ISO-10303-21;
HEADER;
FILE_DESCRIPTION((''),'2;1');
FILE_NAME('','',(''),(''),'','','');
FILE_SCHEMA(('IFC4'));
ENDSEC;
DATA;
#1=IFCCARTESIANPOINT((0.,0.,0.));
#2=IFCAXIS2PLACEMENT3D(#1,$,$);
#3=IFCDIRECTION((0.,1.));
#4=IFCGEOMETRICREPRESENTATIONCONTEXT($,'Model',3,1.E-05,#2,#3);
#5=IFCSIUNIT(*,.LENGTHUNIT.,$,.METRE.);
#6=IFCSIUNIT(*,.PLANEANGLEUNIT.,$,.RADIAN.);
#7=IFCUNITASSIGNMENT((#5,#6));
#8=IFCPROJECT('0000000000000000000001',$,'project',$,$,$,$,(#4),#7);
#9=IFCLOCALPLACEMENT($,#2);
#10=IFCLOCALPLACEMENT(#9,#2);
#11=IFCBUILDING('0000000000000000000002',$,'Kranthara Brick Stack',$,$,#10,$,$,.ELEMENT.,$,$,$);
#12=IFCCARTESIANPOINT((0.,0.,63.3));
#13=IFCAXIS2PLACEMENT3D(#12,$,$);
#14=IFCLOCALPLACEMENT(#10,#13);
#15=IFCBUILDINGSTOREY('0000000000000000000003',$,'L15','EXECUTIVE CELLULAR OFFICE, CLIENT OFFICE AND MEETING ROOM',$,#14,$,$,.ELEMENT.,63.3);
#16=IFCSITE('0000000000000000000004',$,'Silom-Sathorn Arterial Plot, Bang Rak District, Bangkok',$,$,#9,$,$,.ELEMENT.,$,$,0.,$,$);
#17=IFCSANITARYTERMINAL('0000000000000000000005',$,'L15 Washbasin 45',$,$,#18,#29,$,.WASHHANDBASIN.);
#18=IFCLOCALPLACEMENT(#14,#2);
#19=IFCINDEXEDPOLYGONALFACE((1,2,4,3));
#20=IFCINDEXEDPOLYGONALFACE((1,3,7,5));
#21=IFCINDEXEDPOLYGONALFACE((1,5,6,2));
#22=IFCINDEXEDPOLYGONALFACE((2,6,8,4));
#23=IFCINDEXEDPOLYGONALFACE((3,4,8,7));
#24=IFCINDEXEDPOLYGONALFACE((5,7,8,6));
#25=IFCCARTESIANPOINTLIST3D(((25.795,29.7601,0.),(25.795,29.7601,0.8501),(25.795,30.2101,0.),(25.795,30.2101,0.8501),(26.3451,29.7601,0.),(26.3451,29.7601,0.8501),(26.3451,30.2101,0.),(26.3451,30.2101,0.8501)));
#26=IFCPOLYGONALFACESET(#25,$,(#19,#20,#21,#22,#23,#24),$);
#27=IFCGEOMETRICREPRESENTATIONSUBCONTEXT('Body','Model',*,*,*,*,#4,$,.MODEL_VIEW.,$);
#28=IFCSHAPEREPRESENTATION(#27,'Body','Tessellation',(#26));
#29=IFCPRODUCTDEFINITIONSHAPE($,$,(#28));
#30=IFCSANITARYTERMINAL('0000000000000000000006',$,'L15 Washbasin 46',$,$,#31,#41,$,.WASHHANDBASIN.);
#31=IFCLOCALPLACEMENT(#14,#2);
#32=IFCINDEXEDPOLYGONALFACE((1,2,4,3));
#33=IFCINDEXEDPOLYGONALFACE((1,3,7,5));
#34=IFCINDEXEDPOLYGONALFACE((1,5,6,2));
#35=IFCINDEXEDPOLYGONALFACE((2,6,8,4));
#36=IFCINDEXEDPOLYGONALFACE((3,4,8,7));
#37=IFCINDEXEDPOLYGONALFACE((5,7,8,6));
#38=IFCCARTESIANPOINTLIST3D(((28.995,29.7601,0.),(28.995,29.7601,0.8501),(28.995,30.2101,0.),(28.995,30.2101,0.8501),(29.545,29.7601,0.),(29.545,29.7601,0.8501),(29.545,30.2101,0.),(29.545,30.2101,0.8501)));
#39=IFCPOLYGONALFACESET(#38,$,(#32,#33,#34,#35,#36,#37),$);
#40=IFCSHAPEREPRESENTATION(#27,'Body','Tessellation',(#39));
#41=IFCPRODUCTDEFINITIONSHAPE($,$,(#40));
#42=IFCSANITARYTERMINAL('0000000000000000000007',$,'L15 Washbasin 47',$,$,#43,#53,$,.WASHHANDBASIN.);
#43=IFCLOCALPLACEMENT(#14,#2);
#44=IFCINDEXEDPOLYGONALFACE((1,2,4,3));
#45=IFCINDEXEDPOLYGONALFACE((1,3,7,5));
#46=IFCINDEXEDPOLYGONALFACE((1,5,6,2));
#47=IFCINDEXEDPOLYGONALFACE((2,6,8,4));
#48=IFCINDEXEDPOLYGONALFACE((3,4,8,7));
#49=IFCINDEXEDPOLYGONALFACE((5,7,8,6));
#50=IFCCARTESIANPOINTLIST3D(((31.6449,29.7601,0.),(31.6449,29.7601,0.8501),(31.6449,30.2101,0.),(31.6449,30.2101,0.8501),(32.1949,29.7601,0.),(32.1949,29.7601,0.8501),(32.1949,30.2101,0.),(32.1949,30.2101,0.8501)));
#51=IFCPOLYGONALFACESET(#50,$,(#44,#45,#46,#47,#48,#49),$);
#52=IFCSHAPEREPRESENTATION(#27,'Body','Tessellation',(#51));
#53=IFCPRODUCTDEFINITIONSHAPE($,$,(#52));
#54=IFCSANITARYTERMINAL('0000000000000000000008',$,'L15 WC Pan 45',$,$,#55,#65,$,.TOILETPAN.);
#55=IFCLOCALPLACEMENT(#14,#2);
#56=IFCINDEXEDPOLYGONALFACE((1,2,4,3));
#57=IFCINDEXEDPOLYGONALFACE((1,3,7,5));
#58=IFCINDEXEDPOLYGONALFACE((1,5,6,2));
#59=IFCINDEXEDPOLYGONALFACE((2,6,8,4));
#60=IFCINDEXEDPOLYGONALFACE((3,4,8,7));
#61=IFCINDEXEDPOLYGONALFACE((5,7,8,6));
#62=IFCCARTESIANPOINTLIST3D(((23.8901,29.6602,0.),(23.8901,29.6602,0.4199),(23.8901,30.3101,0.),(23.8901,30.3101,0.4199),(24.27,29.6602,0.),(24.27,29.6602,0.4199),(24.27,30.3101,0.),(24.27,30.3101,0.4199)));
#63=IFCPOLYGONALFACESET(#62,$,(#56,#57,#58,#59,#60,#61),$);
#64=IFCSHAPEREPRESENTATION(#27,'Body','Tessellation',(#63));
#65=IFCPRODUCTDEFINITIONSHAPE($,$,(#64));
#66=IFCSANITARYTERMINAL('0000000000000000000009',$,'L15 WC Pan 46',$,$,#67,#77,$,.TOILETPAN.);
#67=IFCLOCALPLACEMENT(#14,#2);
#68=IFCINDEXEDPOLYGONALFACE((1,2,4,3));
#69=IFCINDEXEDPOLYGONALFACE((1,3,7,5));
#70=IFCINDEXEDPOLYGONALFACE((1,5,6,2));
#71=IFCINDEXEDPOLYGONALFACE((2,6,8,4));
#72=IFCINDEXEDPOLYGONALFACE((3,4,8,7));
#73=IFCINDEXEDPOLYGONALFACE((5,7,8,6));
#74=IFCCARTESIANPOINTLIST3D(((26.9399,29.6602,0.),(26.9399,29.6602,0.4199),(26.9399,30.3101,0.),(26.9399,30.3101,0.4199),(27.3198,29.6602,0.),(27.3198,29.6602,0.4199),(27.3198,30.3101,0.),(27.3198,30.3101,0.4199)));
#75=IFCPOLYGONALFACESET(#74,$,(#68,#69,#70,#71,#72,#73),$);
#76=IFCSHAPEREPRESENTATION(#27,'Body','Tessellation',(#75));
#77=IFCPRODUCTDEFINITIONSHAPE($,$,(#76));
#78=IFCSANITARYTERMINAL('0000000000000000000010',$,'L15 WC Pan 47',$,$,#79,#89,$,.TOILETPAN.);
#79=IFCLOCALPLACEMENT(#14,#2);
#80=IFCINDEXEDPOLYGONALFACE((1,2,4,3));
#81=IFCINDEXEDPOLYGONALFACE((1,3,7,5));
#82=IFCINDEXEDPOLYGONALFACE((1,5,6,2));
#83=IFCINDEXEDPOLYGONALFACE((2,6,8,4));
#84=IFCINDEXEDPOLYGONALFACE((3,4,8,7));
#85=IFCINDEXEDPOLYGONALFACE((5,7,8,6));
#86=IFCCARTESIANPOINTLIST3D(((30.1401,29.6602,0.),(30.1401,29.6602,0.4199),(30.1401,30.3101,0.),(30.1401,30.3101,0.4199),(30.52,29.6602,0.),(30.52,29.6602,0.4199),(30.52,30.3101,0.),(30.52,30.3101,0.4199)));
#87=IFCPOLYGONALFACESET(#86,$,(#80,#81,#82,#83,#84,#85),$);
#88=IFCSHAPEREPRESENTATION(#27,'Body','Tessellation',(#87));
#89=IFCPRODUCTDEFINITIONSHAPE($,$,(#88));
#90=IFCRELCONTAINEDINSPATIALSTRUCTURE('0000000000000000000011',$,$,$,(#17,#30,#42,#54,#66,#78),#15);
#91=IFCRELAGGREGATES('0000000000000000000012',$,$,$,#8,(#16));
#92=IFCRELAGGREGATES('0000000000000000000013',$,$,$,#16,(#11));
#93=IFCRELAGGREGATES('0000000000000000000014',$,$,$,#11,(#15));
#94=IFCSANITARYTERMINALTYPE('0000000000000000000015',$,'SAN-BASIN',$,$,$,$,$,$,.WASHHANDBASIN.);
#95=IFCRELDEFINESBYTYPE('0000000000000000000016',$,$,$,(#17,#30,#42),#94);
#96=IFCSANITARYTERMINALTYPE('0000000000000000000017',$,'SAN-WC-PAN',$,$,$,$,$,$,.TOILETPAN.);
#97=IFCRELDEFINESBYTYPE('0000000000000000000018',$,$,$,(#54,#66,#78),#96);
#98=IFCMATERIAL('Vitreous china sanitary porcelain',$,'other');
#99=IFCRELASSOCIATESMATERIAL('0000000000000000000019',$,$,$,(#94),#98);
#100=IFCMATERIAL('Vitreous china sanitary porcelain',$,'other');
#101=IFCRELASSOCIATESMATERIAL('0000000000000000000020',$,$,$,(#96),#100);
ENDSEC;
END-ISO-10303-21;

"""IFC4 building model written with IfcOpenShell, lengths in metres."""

from ifc_helpers import new_model, si_unit, direction, frame, origin, origin_2d, place, context, subcontext, project, spatial, rectangle, extrude, material, type_object, element, save


model = new_model("IFC4")

# Units and contexts
model_context = context("Model", 3, precision=1e-05, world=origin(), true_north=direction((0.0, 1.0)))
body_context = subcontext(model_context, "Body", "Model", "MODEL_VIEW")
ifc_project = project(units=[si_unit("LENGTHUNIT", "METRE"), si_unit("PLANEANGLEUNIT", "RADIAN")], contexts=[model_context])

# Site, building, storey
site_placement = place(None, origin())
site = spatial("IfcSite", under=ifc_project, at=site_placement, Name="Silom-Sathorn Arterial Plot, Bang Rak District, Bangkok", CompositionType="ELEMENT", RefElevation=0.0)
building_placement = place(site_placement, origin())
building = spatial("IfcBuilding", under=site, at=building_placement, Name="Kranthara Brick Stack", CompositionType="ELEMENT")
storey_placement = place(building_placement, frame((0.0, 0.0, 63.3)))
storey = spatial("IfcBuildingStorey", under=building, at=storey_placement, Name="L15", Description="EXECUTIVE CELLULAR OFFICE, CLIENT OFFICE AND MEETING ROOM", CompositionType="ELEMENT", Elevation=63.3)

# Sanitary terminals
ifc_material_1 = material(Name="Vitreous china sanitary porcelain", Category="other")
sanitary_terminal_type_1 = type_object("IfcSanitaryTerminalType", Name="SAN-BASIN", PredefinedType="WASHHANDBASIN", material=ifc_material_1)
for number, where, z_axis, x_axis, name in (
    (1, (26.0701, 29.9851, 0.0), (0.0, 0.0, 1.0), (1.0, 0.0, 0.0), "L15 Washbasin 45"),
    (2, (29.27, 29.9851, 0.0), (0.0, 0.0, 1.0), (1.0, 0.0, 0.0), "L15 Washbasin 46"),
    (3, (31.9199, 29.9851, 0.0), (0.0, 0.0, 1.0), (1.0, 0.0, 0.0), "L15 Washbasin 47"),
):
    element("IfcSanitaryTerminal", number, at=place(storey_placement, frame(where, z_axis=z_axis, x_axis=x_axis)), inside=storey, type_object=sanitary_terminal_type_1, Name=name, PredefinedType="WASHHANDBASIN", context=body_context, shape_type="SweptSolid", body=[
        extrude(rectangle(XDim=0.55, YDim=0.45, at=origin_2d()), origin(), (0.0, 0.0, 1.0), 0.8501),
    ])
ifc_material_2 = material(Name="Vitreous china sanitary porcelain", Category="other")
sanitary_terminal_type_2 = type_object("IfcSanitaryTerminalType", Name="SAN-WC-PAN", PredefinedType="TOILETPAN", material=ifc_material_2)
for number, where, z_axis, x_axis, name in (
    (4, (24.0801, 29.9851, 0.0), (0.0, 0.0, 1.0), (1.0, 0.0, 0.0), "L15 WC Pan 45"),
    (5, (27.1299, 29.9851, 0.0), (0.0, 0.0, 1.0), (1.0, 0.0, 0.0), "L15 WC Pan 46"),
    (6, (30.3301, 29.9851, 0.0), (0.0, 0.0, 1.0), (1.0, 0.0, 0.0), "L15 WC Pan 47"),
):
    element("IfcSanitaryTerminal", number, at=place(storey_placement, frame(where, z_axis=z_axis, x_axis=x_axis)), inside=storey, type_object=sanitary_terminal_type_2, Name=name, PredefinedType="TOILETPAN", context=body_context, shape_type="SweptSolid", body=[
        extrude(rectangle(XDim=0.3799, YDim=0.6499, at=origin_2d()), origin(), (0.0, 0.0, 1.0), 0.4199),
    ])

save(model, "model.ifc")
